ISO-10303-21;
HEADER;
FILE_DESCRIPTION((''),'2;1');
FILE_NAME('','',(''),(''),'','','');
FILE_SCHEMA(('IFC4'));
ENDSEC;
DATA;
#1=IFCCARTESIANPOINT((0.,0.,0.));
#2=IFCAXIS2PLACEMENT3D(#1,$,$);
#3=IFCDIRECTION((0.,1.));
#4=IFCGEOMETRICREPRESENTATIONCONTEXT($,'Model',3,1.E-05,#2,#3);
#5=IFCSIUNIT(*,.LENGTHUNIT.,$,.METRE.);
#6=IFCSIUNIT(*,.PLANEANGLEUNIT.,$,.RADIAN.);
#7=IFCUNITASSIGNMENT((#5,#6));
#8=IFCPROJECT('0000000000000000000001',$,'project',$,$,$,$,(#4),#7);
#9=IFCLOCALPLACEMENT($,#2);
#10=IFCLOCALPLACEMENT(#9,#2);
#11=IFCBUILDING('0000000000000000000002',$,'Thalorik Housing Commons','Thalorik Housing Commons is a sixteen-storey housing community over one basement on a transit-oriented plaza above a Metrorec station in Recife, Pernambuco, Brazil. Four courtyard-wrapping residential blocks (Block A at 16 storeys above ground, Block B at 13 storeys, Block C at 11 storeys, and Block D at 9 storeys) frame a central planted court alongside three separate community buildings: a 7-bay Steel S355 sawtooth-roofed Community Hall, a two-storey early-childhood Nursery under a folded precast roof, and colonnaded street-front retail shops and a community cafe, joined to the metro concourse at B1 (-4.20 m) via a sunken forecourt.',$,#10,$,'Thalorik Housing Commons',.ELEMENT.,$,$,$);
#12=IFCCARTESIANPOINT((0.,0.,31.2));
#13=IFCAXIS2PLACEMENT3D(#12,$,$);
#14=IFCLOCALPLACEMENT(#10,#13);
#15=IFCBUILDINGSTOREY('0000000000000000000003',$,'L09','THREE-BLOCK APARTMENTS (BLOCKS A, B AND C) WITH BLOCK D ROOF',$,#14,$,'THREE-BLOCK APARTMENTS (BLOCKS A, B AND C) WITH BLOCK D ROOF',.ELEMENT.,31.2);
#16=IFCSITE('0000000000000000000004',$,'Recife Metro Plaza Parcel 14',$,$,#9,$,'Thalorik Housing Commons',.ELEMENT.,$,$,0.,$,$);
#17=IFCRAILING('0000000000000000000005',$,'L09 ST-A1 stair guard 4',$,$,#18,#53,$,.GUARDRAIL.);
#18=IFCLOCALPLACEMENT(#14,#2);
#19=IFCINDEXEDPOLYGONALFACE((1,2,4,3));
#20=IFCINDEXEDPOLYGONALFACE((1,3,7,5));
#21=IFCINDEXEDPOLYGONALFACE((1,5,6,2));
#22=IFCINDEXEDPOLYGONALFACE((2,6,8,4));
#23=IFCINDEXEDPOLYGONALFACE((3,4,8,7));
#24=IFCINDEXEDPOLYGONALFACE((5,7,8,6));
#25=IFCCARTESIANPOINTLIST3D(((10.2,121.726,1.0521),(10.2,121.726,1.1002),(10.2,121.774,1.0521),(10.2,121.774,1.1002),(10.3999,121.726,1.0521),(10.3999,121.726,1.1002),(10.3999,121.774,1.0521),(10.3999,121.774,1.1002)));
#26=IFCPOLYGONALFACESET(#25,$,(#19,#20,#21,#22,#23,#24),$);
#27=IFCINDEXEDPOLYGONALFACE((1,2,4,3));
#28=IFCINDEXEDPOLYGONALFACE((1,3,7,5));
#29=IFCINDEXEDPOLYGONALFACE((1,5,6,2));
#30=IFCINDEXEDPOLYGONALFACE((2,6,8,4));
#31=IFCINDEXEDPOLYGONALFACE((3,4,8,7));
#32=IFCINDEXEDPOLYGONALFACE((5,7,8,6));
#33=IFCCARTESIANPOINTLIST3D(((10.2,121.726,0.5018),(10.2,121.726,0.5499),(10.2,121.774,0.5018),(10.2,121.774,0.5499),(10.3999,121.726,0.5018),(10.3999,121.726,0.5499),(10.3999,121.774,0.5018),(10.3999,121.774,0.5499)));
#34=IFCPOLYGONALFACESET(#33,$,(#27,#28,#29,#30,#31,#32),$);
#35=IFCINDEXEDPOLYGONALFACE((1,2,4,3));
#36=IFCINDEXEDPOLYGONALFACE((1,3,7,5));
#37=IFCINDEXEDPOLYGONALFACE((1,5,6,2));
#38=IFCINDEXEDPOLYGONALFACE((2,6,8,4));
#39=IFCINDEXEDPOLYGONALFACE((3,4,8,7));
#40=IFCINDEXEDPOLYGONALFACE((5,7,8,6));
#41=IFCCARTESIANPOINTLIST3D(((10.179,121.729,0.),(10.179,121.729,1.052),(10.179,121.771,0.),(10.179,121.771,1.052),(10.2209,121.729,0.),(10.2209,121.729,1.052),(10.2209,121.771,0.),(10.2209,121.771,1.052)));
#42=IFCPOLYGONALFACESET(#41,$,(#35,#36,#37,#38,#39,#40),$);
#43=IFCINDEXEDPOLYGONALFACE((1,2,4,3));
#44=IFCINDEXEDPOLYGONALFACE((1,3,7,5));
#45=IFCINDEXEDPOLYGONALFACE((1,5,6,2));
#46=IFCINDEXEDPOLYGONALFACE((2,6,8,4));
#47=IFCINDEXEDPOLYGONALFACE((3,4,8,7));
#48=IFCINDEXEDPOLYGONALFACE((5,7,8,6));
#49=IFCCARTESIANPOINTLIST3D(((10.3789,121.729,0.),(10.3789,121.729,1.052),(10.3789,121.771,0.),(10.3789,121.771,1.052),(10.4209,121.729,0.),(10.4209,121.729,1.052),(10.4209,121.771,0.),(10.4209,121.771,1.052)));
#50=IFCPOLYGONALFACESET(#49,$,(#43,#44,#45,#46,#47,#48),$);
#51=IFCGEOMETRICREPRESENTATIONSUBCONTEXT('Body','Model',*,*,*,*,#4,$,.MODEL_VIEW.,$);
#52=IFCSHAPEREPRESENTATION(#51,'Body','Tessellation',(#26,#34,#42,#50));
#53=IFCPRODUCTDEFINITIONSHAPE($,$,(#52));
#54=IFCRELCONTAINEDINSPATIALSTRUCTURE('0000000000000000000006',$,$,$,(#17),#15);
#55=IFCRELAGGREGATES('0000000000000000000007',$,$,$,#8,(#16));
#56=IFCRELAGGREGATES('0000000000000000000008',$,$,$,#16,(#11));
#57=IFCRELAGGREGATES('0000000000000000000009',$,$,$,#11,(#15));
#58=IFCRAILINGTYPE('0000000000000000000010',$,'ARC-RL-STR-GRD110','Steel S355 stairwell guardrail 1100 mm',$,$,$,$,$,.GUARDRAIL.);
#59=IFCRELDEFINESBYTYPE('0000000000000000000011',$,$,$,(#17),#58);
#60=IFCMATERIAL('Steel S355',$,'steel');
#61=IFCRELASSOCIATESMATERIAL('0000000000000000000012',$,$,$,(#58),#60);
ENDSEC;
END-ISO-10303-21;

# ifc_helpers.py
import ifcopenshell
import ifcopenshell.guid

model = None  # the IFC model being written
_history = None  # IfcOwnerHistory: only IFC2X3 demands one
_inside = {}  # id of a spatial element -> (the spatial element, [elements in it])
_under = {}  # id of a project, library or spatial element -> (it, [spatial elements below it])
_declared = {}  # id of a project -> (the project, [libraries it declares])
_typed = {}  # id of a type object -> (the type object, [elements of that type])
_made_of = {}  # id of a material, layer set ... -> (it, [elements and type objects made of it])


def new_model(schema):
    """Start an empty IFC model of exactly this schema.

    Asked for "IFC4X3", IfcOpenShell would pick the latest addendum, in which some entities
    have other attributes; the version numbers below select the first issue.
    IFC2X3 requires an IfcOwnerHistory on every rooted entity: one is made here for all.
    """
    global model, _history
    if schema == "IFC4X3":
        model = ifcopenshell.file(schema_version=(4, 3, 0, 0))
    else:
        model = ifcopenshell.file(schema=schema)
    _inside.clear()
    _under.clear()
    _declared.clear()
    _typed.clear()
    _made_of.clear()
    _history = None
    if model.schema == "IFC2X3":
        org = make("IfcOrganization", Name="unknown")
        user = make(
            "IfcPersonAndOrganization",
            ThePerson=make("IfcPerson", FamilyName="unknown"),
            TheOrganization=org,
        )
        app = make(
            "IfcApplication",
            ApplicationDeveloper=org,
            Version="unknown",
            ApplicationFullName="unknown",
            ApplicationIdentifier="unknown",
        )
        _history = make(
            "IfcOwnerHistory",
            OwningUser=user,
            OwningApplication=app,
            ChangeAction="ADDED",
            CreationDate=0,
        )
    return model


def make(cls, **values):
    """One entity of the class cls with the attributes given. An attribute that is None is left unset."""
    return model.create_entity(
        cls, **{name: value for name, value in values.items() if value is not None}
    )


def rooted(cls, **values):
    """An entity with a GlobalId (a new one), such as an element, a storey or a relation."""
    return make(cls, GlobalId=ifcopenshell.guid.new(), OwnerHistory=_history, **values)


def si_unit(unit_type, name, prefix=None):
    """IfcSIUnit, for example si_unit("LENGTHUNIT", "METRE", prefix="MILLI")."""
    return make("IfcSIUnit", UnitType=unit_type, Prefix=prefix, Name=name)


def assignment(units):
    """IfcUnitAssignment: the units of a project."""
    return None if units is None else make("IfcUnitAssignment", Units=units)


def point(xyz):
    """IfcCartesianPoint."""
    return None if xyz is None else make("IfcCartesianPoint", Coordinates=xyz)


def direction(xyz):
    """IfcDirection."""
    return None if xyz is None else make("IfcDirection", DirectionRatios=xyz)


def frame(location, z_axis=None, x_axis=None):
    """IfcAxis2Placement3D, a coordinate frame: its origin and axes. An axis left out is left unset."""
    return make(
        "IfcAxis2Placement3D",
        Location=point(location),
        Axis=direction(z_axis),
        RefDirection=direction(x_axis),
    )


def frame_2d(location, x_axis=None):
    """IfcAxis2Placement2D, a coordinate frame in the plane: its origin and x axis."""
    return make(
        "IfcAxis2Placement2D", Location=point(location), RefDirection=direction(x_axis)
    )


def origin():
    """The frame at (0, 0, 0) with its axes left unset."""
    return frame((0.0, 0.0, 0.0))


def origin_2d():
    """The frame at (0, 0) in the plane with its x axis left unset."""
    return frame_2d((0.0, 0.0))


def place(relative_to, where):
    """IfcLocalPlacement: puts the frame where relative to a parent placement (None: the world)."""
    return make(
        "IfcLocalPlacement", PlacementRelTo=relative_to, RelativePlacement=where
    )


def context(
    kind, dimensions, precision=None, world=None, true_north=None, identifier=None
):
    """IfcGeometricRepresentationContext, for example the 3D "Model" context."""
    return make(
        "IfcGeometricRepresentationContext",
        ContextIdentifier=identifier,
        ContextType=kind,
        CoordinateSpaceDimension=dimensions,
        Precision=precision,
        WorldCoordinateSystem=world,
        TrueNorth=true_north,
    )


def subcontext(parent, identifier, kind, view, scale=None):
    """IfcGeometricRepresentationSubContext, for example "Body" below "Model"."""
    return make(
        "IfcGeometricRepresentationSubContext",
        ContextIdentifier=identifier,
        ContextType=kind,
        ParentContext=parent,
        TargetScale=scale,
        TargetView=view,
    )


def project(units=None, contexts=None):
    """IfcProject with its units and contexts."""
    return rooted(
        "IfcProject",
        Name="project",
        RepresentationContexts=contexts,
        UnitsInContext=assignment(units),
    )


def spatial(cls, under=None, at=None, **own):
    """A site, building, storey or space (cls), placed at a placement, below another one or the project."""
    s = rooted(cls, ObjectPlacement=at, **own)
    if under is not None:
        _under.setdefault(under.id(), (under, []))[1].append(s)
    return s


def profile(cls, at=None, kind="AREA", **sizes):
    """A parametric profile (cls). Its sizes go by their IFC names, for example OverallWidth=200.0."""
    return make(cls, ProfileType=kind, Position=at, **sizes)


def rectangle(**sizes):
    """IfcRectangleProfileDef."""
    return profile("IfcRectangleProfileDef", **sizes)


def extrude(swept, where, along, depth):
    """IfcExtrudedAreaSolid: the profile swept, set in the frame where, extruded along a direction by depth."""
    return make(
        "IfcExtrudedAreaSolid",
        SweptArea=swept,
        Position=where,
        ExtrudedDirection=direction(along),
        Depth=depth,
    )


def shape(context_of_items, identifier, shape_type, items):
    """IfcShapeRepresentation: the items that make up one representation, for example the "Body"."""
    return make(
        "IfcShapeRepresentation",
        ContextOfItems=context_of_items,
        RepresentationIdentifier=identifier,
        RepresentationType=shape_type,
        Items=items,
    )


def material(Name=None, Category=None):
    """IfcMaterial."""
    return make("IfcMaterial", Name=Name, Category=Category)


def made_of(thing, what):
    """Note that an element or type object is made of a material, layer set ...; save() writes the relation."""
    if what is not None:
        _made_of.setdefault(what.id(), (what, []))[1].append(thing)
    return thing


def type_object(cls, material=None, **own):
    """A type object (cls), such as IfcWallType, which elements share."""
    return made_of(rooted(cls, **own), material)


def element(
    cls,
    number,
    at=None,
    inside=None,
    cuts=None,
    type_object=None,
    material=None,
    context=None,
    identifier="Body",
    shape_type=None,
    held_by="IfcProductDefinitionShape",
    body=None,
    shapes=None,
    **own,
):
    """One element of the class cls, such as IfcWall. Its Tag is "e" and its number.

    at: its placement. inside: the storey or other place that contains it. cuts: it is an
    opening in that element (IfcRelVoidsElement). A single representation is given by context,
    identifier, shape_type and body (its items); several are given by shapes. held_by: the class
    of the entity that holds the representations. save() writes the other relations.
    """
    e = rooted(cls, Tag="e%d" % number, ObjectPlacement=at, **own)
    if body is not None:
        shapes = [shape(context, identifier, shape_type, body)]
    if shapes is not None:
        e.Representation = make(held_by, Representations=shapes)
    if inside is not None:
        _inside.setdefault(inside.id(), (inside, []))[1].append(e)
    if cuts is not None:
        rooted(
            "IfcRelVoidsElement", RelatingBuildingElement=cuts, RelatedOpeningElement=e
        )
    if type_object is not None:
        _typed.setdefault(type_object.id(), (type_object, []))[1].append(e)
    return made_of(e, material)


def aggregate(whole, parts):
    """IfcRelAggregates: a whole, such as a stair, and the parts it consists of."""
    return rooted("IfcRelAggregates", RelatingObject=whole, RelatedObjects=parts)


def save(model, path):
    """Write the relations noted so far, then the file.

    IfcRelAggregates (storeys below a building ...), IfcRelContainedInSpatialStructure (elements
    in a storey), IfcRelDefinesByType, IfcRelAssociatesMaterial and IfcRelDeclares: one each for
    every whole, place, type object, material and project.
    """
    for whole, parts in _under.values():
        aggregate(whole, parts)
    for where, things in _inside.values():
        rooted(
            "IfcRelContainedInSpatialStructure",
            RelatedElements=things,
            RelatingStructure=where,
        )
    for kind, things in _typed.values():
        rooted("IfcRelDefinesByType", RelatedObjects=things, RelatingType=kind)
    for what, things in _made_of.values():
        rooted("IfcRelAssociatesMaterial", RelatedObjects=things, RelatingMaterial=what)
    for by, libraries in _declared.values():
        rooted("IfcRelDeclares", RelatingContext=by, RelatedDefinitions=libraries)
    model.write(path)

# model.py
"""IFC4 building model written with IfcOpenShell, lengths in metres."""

from ifc_helpers import new_model, si_unit, direction, frame, origin, origin_2d, place, context, subcontext, project, spatial, rectangle, extrude, material, type_object, element, save


model = new_model("IFC4")

# Units and contexts
model_context = context("Model", 3, precision=1e-05, world=origin(), true_north=direction((0.0, 1.0)))
body_context = subcontext(model_context, "Body", "Model", "MODEL_VIEW")
ifc_project = project(units=[si_unit("LENGTHUNIT", "METRE"), si_unit("PLANEANGLEUNIT", "RADIAN")], contexts=[model_context])

# Site, building, storey
site_placement = place(None, origin())
site = spatial("IfcSite", under=ifc_project, at=site_placement, Name="Recife Metro Plaza Parcel 14", LongName="Thalorik Housing Commons", CompositionType="ELEMENT", RefElevation=0.0)
building_placement = place(site_placement, origin())
building = spatial("IfcBuilding", under=site, at=building_placement, Name="Thalorik Housing Commons", Description="Thalorik Housing Commons is a sixteen-storey housing community over one basement on a transit-oriented plaza above a Metrorec station in Recife, Pernambuco, Brazil. Four courtyard-wrapping residential blocks (Block A at 16 storeys above ground, Block B at 13 storeys, Block C at 11 storeys, and Block D at 9 storeys) frame a central planted court alongside three separate community buildings: a 7-bay Steel S355 sawtooth-roofed Community Hall, a two-storey early-childhood Nursery under a folded precast roof, and colonnaded street-front retail shops and a community cafe, joined to the metro concourse at B1 (-4.20 m) via a sunken forecourt.", LongName="Thalorik Housing Commons", CompositionType="ELEMENT")
storey_placement = place(building_placement, frame((0.0, 0.0, 31.2)))
storey = spatial("IfcBuildingStorey", under=building, at=storey_placement, Name="L09", Description="THREE-BLOCK APARTMENTS (BLOCKS A, B AND C) WITH BLOCK D ROOF", LongName="THREE-BLOCK APARTMENTS (BLOCKS A, B AND C) WITH BLOCK D ROOF", CompositionType="ELEMENT", Elevation=31.2)

# Shared definitions
ifc_material_1 = material(Name="Steel S355", Category="steel")

# Railing
railing_type = type_object("IfcRailingType", Name="ARC-RL-STR-GRD110", Description="Steel S355 stairwell guardrail 1100 mm", PredefinedType="GUARDRAIL", material=ifc_material_1)
railing_1_placement = place(storey_placement, frame((10.2, 121.75, 0.0)))
element("IfcRailing", 1, at=railing_1_placement, inside=storey, type_object=railing_type, Name="L09 ST-A1 stair guard 4", PredefinedType="GUARDRAIL", context=body_context, shape_type="SweptSolid", body=[
    extrude(rectangle(XDim=0.0481, YDim=0.0481, at=origin_2d()), frame((0.0, 0.0, 1.0762), z_axis=(1.0, 0.0, 0.0), x_axis=(0.0, 1.0, 0.0)), (0.0, 0.0, 1.0), 0.2),
    extrude(rectangle(XDim=0.0481, YDim=0.0481, at=origin_2d()), frame((0.0, 0.0, 0.5259), z_axis=(1.0, 0.0, 0.0), x_axis=(0.0, 1.0, 0.0)), (0.0, 0.0, 1.0), 0.2),
    extrude(rectangle(XDim=0.042, YDim=0.042, at=origin_2d()), origin(), (0.0, 0.0, 1.0), 1.052),
    extrude(rectangle(XDim=0.042, YDim=0.042, at=origin_2d()), frame((0.2, 0.0, 0.0)), (0.0, 0.0, 1.0), 1.052),
])

save(model, "model.ifc")
